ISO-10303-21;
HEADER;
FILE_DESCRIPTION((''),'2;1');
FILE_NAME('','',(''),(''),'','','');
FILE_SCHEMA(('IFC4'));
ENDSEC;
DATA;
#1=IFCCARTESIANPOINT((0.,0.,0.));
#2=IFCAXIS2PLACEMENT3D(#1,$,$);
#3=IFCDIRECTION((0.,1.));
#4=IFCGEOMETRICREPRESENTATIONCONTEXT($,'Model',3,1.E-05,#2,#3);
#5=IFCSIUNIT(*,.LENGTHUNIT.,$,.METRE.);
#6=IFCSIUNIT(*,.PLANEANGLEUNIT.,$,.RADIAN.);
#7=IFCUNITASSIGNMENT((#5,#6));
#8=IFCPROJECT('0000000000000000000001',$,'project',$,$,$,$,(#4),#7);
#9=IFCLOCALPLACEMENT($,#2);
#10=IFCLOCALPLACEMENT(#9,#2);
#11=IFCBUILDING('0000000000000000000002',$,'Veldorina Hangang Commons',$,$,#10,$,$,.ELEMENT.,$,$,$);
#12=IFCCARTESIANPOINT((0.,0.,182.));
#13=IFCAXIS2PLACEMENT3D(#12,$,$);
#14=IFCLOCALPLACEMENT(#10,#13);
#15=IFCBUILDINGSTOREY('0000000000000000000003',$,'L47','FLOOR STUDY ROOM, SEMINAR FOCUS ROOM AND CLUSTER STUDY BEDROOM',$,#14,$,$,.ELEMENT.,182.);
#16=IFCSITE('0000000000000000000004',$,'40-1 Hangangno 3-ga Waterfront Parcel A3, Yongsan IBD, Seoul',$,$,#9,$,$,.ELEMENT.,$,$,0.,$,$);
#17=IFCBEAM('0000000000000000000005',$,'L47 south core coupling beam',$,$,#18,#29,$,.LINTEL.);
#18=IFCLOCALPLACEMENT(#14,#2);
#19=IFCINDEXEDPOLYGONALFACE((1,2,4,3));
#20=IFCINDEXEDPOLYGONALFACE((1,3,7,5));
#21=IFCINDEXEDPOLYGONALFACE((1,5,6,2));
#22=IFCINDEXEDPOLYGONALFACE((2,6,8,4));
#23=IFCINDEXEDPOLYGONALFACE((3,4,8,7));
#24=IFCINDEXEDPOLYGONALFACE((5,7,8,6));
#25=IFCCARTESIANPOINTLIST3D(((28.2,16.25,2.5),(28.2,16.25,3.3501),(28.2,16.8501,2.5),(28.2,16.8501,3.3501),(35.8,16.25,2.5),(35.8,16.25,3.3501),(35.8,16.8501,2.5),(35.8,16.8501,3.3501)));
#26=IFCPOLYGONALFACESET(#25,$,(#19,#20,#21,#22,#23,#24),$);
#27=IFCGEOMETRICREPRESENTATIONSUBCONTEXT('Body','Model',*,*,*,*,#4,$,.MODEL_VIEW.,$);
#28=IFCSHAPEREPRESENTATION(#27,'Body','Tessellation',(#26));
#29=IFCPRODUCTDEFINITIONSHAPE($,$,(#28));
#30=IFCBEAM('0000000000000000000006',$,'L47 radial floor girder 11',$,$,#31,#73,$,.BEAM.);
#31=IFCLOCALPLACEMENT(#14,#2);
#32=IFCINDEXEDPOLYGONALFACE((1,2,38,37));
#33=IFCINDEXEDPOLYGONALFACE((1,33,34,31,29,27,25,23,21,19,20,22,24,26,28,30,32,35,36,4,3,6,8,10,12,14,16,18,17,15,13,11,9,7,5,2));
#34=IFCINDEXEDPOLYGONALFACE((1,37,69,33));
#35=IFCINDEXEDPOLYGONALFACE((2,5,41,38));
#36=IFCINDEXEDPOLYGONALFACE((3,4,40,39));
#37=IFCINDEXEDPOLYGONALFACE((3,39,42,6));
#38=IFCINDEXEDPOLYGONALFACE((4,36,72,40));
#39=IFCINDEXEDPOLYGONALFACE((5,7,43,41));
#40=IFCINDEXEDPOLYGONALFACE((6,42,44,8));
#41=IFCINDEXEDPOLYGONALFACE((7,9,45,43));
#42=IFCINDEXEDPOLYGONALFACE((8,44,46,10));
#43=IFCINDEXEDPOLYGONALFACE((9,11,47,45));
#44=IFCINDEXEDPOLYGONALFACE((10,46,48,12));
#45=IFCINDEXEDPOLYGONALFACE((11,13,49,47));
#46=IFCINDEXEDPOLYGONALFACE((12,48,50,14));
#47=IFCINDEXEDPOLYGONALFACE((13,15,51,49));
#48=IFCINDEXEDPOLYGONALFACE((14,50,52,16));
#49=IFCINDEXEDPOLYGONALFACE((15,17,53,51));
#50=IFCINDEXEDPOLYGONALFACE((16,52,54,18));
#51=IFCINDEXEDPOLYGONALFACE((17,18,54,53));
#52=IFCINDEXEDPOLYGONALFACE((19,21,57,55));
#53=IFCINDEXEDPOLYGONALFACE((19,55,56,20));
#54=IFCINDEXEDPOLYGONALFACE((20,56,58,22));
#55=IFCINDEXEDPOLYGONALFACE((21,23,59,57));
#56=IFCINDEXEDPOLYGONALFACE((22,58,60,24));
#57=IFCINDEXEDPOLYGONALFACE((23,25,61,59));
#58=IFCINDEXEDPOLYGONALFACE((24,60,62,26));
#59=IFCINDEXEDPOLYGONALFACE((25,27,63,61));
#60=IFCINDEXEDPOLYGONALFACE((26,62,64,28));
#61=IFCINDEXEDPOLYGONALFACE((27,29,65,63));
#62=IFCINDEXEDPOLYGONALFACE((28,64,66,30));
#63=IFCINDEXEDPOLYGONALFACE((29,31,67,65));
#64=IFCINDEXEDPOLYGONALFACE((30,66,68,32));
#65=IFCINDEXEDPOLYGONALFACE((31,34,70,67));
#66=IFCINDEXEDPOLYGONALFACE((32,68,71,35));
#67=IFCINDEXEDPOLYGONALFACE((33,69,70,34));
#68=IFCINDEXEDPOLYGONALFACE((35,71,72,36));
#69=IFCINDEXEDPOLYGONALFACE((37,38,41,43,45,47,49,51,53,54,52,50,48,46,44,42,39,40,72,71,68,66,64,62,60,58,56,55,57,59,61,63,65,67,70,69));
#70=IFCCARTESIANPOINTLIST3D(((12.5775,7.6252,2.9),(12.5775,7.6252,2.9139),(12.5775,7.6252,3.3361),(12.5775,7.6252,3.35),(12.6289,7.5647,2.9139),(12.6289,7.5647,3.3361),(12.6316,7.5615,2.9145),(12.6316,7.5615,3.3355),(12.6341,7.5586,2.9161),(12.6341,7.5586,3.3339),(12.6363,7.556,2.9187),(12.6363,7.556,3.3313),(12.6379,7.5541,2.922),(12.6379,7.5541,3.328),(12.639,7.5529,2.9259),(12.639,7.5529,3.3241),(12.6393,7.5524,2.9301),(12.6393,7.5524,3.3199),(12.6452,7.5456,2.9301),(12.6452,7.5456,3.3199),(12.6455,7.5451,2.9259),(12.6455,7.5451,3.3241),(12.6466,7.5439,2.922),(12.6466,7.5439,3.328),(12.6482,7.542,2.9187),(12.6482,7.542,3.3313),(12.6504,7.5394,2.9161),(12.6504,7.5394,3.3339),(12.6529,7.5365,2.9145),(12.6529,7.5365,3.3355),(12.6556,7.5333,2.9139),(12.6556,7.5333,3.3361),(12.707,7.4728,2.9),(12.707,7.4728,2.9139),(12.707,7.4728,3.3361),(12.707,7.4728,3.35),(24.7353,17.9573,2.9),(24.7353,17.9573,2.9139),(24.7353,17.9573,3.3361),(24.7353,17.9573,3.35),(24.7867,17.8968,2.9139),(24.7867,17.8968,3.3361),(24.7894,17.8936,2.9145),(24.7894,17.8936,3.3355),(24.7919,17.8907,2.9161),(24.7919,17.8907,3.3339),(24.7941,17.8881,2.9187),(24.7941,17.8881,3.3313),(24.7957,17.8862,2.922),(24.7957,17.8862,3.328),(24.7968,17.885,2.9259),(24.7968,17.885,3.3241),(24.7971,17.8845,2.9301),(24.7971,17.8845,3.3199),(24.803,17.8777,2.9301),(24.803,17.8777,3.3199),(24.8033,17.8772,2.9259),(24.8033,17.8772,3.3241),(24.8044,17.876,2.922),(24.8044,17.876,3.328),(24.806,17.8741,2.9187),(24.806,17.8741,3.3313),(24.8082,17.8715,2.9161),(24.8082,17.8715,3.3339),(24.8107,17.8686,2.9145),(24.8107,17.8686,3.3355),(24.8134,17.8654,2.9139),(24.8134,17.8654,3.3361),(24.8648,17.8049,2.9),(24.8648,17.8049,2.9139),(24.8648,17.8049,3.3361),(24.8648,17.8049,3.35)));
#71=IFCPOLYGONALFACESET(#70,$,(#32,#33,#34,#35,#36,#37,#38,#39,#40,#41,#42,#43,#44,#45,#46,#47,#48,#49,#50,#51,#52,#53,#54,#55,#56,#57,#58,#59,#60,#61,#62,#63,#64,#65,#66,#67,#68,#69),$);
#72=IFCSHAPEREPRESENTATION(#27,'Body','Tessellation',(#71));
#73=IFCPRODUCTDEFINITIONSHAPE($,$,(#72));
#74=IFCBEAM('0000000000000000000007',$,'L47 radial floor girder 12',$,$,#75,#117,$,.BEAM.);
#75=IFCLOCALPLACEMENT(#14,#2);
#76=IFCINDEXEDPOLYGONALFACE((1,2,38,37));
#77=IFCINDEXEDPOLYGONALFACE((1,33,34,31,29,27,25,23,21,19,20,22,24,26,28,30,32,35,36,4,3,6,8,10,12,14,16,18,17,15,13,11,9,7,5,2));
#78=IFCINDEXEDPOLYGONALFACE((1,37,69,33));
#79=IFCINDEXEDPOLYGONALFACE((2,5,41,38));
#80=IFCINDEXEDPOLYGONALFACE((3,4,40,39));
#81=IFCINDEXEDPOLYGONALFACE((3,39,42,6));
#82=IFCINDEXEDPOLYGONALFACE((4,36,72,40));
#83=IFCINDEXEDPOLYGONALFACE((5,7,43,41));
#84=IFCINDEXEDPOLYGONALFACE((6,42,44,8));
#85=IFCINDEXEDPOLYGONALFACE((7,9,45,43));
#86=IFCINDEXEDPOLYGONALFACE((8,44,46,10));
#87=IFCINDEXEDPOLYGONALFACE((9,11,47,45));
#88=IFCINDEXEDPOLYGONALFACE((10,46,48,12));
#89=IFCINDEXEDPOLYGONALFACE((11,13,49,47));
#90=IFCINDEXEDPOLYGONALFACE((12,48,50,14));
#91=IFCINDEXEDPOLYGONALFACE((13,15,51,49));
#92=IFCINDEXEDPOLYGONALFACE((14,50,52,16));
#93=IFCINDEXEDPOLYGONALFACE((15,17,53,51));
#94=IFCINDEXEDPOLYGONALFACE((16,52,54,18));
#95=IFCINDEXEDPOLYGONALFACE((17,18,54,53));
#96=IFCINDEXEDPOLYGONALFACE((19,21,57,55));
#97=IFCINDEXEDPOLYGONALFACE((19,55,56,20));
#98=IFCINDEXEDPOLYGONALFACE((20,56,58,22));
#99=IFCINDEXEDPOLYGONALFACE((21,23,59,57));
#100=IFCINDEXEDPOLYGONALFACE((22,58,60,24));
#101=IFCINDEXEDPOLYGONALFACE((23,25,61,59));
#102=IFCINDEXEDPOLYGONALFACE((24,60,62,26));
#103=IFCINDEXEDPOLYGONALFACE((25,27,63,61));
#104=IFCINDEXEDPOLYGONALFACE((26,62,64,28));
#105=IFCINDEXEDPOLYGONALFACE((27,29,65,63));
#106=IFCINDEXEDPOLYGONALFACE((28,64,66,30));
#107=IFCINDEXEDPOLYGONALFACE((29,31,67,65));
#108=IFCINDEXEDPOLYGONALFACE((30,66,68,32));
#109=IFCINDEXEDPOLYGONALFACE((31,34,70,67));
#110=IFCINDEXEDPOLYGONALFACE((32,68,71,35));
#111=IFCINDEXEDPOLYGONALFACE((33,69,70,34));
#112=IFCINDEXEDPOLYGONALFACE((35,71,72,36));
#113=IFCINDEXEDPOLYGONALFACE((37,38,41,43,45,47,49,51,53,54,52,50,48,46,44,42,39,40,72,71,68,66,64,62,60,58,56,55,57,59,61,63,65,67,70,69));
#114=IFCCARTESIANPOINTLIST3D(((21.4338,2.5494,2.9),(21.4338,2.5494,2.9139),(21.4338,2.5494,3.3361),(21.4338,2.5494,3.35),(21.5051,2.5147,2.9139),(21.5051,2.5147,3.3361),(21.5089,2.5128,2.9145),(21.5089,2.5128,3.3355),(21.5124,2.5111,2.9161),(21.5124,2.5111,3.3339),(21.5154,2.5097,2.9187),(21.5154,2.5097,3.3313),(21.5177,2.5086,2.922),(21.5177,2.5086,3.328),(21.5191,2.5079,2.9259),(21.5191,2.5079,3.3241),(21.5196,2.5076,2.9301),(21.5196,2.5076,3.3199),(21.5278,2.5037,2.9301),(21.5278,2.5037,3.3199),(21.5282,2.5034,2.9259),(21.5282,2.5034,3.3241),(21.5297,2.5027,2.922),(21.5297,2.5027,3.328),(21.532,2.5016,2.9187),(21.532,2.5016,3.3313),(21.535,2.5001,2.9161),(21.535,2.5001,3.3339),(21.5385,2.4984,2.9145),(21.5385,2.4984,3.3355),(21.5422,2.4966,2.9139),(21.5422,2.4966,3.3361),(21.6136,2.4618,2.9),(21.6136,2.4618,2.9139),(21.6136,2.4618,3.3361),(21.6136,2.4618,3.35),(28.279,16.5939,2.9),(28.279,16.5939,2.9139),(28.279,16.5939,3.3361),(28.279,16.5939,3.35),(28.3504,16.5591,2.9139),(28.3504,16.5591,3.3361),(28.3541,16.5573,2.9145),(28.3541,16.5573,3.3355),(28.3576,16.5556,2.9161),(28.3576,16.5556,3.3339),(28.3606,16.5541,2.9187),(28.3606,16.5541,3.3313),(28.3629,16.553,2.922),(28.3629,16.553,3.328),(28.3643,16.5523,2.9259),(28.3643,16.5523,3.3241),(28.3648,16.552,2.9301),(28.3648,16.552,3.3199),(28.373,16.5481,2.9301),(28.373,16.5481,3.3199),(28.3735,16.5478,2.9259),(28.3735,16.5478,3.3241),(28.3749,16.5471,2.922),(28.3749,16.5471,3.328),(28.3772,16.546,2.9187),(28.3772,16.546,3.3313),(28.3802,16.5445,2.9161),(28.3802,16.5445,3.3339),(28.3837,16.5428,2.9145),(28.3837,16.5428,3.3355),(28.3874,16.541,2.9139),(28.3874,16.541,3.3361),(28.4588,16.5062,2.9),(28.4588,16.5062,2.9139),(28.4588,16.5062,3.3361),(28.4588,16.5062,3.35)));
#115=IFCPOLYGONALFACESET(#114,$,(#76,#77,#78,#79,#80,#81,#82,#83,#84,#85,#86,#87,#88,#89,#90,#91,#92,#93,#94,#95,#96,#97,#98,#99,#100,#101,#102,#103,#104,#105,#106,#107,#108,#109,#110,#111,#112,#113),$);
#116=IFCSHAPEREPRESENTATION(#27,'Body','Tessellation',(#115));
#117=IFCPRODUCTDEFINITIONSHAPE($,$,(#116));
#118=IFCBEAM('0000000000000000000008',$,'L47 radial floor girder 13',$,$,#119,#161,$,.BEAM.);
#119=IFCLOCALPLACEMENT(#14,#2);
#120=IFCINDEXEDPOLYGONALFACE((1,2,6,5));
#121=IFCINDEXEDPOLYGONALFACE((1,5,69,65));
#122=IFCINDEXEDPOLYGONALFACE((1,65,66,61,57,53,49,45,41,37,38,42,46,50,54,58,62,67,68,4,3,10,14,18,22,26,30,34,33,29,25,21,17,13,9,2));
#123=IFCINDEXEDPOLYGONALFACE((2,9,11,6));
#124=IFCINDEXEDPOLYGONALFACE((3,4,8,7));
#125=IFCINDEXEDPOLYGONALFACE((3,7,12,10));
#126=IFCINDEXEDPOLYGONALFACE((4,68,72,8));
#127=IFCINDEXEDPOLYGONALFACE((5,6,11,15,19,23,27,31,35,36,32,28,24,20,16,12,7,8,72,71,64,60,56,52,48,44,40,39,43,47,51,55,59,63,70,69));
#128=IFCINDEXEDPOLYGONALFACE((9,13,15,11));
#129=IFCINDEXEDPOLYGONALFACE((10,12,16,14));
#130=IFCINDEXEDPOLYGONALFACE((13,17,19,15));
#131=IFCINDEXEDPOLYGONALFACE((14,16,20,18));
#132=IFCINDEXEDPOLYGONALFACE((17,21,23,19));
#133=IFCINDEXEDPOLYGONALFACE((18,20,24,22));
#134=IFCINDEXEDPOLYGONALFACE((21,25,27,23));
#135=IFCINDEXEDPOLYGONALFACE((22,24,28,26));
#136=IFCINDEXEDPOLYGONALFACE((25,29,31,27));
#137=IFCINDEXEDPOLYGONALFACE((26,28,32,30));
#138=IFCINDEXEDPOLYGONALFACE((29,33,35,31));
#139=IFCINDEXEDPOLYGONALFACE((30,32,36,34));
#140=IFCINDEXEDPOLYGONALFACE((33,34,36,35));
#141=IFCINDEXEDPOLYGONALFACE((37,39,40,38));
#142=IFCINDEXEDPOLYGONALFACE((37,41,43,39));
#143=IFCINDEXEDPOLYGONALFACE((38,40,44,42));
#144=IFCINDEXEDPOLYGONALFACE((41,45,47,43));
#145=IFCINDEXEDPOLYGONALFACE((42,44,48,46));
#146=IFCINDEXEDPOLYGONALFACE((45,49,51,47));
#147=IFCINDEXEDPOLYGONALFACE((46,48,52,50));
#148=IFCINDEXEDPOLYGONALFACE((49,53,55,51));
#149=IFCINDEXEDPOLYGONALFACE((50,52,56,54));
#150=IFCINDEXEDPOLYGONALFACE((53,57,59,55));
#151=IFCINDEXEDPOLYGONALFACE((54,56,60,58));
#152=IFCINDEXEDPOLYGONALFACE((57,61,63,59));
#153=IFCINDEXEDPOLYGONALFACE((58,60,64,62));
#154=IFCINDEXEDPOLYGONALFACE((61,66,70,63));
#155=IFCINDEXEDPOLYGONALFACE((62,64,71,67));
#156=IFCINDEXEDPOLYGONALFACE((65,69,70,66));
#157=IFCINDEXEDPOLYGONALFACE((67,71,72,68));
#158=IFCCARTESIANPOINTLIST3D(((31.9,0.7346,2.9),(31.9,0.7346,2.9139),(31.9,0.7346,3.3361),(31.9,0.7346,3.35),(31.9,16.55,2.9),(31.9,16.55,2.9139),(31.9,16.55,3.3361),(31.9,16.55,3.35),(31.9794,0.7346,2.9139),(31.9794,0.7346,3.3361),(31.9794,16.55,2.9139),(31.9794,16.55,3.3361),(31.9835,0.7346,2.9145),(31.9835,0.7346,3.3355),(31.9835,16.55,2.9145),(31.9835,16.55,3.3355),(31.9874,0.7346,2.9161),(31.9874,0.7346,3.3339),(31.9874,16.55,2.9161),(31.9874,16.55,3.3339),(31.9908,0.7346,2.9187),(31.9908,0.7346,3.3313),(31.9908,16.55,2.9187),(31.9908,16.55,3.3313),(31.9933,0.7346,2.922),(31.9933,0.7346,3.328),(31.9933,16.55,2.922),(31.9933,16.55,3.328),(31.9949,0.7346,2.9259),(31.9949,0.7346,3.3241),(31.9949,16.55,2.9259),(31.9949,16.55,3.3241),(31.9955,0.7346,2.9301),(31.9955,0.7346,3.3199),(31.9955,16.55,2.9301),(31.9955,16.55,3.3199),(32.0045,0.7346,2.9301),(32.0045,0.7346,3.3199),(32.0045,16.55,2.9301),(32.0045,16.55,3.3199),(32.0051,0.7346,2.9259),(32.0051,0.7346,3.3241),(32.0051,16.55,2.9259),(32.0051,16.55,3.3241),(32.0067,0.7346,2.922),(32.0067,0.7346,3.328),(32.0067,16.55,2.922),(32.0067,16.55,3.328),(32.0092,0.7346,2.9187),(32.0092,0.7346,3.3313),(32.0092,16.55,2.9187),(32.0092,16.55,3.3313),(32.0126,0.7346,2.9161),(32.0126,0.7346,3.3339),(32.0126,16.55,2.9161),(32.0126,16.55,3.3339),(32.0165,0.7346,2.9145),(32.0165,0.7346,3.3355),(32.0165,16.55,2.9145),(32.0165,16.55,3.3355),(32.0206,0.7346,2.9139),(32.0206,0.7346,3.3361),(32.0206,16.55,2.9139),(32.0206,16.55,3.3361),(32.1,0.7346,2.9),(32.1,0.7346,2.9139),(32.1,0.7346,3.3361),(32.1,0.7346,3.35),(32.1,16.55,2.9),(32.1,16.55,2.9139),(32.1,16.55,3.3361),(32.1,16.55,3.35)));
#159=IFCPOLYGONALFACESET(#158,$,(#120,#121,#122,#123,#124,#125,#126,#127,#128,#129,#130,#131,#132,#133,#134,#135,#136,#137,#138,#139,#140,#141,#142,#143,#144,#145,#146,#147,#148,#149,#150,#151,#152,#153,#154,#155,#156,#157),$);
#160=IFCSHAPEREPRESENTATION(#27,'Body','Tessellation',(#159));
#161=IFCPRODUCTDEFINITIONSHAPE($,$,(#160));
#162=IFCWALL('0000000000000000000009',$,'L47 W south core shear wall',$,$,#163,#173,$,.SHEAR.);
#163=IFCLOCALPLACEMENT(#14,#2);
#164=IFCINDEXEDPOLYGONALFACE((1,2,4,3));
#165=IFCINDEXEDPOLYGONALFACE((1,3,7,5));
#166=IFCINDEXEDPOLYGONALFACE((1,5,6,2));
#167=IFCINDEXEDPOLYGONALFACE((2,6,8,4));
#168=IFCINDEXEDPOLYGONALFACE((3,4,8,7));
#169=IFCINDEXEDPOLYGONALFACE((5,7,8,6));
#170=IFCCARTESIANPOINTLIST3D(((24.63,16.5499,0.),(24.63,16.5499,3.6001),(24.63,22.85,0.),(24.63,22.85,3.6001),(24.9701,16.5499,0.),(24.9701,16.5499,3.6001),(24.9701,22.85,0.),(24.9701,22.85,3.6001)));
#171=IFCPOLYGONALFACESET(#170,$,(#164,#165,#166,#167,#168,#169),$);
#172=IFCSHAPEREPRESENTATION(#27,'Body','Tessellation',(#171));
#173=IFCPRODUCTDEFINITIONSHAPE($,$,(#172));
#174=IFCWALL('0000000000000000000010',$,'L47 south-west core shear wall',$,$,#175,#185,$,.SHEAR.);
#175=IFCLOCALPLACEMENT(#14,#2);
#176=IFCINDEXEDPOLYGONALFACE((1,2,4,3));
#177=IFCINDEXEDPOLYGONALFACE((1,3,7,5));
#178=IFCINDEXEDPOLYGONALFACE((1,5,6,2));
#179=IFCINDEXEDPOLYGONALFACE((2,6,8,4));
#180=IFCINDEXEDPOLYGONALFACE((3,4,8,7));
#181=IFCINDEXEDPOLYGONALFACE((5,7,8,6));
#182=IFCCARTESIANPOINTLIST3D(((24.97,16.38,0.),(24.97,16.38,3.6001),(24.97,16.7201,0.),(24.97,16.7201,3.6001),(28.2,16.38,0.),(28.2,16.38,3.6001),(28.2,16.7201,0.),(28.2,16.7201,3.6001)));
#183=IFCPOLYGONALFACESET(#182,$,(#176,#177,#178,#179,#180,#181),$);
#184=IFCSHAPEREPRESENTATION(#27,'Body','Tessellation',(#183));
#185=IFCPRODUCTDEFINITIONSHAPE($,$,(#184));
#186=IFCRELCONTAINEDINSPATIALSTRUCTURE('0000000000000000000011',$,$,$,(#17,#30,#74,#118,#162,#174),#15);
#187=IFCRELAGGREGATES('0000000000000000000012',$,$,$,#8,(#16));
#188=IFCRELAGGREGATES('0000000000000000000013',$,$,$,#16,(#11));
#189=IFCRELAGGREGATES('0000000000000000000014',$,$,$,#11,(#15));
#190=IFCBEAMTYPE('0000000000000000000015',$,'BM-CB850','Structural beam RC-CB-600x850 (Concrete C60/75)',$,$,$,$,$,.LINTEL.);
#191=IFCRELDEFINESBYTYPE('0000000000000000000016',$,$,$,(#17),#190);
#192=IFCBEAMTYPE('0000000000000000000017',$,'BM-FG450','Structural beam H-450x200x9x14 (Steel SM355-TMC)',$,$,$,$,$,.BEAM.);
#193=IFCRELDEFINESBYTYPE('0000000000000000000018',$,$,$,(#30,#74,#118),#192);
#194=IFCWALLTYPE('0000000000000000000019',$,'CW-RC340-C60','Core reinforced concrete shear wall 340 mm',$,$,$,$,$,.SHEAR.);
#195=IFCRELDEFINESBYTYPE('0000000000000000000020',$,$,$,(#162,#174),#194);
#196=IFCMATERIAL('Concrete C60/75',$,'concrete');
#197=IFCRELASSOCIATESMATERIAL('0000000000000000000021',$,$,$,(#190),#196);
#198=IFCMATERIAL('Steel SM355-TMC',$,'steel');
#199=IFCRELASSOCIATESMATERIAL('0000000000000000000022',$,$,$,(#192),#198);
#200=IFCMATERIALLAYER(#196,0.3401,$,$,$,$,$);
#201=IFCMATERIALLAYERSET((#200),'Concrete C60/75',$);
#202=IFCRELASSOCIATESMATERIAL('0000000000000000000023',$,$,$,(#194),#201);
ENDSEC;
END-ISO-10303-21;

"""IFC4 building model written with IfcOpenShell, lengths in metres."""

from ifc_helpers import new_model, si_unit, direction, frame, frame_2d, origin, origin_2d, place, context, subcontext, project, spatial, rectangle, i_section, extrude, material, layer, layer_set, material_profile, profile_set, type_object, element, save


model = new_model("IFC4")

# Units and contexts
model_context = context("Model", 3, precision=1e-05, world=origin(), true_north=direction((0.0, 1.0)))
body_context = subcontext(model_context, "Body", "Model", "MODEL_VIEW")
ifc_project = project(units=[si_unit("LENGTHUNIT", "METRE"), si_unit("PLANEANGLEUNIT", "RADIAN")], contexts=[model_context])

# Site, building, storey
site_placement = place(None, origin())
site = spatial("IfcSite", under=ifc_project, at=site_placement, Name="40-1 Hangangno 3-ga Waterfront Parcel A3, Yongsan IBD, Seoul", CompositionType="ELEMENT", RefElevation=0.0)
building_placement = place(site_placement, origin())
building = spatial("IfcBuilding", under=site, at=building_placement, Name="Veldorina Hangang Commons", CompositionType="ELEMENT")
storey_placement = place(building_placement, frame((0.0, 0.0, 182.0)))
storey = spatial("IfcBuildingStorey", under=building, at=storey_placement, Name="L47", Description="FLOOR STUDY ROOM, SEMINAR FOCUS ROOM AND CLUSTER STUDY BEDROOM", CompositionType="ELEMENT", Elevation=182.0)

# Beams
ifc_material_1 = material(Name="Concrete C60/75", Category="concrete")
ifc_material_profile_1 = material_profile(ifc_material_1, rectangle(XDim=0.6001, YDim=0.8501, at=origin_2d()), Name="RC-CB-600x850")
ifc_profile_set_1 = profile_set([ifc_material_profile_1], Name="Concrete C60/75")
beam_type_1 = type_object("IfcBeamType", Name="BM-CB850", Description="Structural beam RC-CB-600x850 (Concrete C60/75)", PredefinedType="LINTEL", material=ifc_profile_set_1)
beam_1_placement = place(storey_placement, frame((28.2, 16.55, 2.925), z_axis=(1.0, 0.0, 0.0), x_axis=(0.0, 1.0, 0.0)))
element("IfcBeam", 1, at=beam_1_placement, inside=storey, type_object=beam_type_1, Name="L47 south core coupling beam", PredefinedType="LINTEL", context=body_context, shape_type="SweptSolid", body=[
    extrude(rectangle(XDim=0.6001, YDim=0.8501, at=origin_2d()), origin(), (0.0, 0.0, 1.0), 7.6001),
])
ifc_material_2 = material(Name="Steel SM355-TMC", Category="steel")
ifc_material_profile_2 = material_profile(ifc_material_2, i_section(OverallWidth=0.2, OverallDepth=0.45, WebThickness=0.009, FlangeThickness=0.0139, FilletRadius=0.0161, at=origin_2d()), Name="H-450x200x9x14")
ifc_profile_set_2 = profile_set([ifc_material_profile_2], Name="Steel SM355-TMC")
beam_type_2 = type_object("IfcBeamType", Name="BM-FG450", Description="Structural beam H-450x200x9x14 (Steel SM355-TMC)", PredefinedType="BEAM", material=ifc_profile_set_2)
beam_2_placement = place(storey_placement, frame((24.8, 17.8811, 3.125), z_axis=(-0.762002, -0.647575, 0.0), x_axis=(0.647575, -0.762002, 0.0)))
element("IfcBeam", 2, at=beam_2_placement, inside=storey, type_object=beam_type_2, Name="L47 radial floor girder 11", PredefinedType="BEAM", context=body_context, shape_type="SweptSolid", body=[
    extrude(i_section(OverallWidth=0.2, OverallDepth=0.45, WebThickness=0.009, FlangeThickness=0.0139, FilletRadius=0.0161, at=origin_2d()), origin(), (0.0, 0.0, 1.0), 15.9551),
])
beam_3_placement = place(storey_placement, frame((28.3689, 16.55, 3.125), z_axis=(-0.438127, -0.898913, 0.0), x_axis=(0.898913, -0.438127, 0.0)))
element("IfcBeam", 3, at=beam_3_placement, inside=storey, type_object=beam_type_2, Name="L47 radial floor girder 12", PredefinedType="BEAM", context=body_context, shape_type="SweptSolid", body=[
    extrude(i_section(OverallWidth=0.2, OverallDepth=0.45, WebThickness=0.009, FlangeThickness=0.0139, FilletRadius=0.0161, at=origin_2d()), origin(), (0.0, 0.0, 1.0), 15.6238),
])
beam_4_placement = place(storey_placement, frame((32.0, 16.55, 3.125), z_axis=(0.0, -1.0, 0.0), x_axis=(1.0, 0.0, 0.0)))
element("IfcBeam", 4, at=beam_4_placement, inside=storey, type_object=beam_type_2, Name="L47 radial floor girder 13", PredefinedType="BEAM", context=body_context, shape_type="SweptSolid", body=[
    extrude(i_section(OverallWidth=0.2, OverallDepth=0.45, WebThickness=0.009, FlangeThickness=0.0139, FilletRadius=0.0161, at=origin_2d()), origin(), (0.0, 0.0, 1.0), 15.8154),
])

# Walls
ifc_layer_1 = layer(ifc_material_1, 0.3401)
ifc_layer_set_1 = layer_set([ifc_layer_1], Name="Concrete C60/75")
wall_type_1 = type_object("IfcWallType", Name="CW-RC340-C60", Description="Core reinforced concrete shear wall 340 mm", PredefinedType="SHEAR", material=ifc_layer_set_1)
wall_1_placement = place(storey_placement, frame((24.8, 16.55, 0.0), z_axis=(0.0, 0.0, 1.0), x_axis=(0.0, 1.0, 0.0)))
element("IfcWall", 5, at=wall_1_placement, inside=storey, type_object=wall_type_1, Name="L47 W south core shear wall", PredefinedType="SHEAR", context=body_context, shape_type="SweptSolid", body=[
    extrude(rectangle(XDim=6.3, YDim=0.3401, at=frame_2d((3.1499, 0.0))), origin(), (0.0, 0.0, 1.0), 3.6001),
])
wall_2_placement = place(storey_placement, frame((24.97, 16.55, 0.0), z_axis=(0.0, 0.0, 1.0), x_axis=(1.0, 0.0, 0.0)))
element("IfcWall", 6, at=wall_2_placement, inside=storey, type_object=wall_type_1, Name="L47 south-west core shear wall", PredefinedType="SHEAR", context=body_context, shape_type="SweptSolid", body=[
    extrude(rectangle(XDim=3.23, YDim=0.3401, at=frame_2d((1.615, 0.0))), origin(), (0.0, 0.0, 1.0), 3.6001),
])

save(model, "model.ifc")
